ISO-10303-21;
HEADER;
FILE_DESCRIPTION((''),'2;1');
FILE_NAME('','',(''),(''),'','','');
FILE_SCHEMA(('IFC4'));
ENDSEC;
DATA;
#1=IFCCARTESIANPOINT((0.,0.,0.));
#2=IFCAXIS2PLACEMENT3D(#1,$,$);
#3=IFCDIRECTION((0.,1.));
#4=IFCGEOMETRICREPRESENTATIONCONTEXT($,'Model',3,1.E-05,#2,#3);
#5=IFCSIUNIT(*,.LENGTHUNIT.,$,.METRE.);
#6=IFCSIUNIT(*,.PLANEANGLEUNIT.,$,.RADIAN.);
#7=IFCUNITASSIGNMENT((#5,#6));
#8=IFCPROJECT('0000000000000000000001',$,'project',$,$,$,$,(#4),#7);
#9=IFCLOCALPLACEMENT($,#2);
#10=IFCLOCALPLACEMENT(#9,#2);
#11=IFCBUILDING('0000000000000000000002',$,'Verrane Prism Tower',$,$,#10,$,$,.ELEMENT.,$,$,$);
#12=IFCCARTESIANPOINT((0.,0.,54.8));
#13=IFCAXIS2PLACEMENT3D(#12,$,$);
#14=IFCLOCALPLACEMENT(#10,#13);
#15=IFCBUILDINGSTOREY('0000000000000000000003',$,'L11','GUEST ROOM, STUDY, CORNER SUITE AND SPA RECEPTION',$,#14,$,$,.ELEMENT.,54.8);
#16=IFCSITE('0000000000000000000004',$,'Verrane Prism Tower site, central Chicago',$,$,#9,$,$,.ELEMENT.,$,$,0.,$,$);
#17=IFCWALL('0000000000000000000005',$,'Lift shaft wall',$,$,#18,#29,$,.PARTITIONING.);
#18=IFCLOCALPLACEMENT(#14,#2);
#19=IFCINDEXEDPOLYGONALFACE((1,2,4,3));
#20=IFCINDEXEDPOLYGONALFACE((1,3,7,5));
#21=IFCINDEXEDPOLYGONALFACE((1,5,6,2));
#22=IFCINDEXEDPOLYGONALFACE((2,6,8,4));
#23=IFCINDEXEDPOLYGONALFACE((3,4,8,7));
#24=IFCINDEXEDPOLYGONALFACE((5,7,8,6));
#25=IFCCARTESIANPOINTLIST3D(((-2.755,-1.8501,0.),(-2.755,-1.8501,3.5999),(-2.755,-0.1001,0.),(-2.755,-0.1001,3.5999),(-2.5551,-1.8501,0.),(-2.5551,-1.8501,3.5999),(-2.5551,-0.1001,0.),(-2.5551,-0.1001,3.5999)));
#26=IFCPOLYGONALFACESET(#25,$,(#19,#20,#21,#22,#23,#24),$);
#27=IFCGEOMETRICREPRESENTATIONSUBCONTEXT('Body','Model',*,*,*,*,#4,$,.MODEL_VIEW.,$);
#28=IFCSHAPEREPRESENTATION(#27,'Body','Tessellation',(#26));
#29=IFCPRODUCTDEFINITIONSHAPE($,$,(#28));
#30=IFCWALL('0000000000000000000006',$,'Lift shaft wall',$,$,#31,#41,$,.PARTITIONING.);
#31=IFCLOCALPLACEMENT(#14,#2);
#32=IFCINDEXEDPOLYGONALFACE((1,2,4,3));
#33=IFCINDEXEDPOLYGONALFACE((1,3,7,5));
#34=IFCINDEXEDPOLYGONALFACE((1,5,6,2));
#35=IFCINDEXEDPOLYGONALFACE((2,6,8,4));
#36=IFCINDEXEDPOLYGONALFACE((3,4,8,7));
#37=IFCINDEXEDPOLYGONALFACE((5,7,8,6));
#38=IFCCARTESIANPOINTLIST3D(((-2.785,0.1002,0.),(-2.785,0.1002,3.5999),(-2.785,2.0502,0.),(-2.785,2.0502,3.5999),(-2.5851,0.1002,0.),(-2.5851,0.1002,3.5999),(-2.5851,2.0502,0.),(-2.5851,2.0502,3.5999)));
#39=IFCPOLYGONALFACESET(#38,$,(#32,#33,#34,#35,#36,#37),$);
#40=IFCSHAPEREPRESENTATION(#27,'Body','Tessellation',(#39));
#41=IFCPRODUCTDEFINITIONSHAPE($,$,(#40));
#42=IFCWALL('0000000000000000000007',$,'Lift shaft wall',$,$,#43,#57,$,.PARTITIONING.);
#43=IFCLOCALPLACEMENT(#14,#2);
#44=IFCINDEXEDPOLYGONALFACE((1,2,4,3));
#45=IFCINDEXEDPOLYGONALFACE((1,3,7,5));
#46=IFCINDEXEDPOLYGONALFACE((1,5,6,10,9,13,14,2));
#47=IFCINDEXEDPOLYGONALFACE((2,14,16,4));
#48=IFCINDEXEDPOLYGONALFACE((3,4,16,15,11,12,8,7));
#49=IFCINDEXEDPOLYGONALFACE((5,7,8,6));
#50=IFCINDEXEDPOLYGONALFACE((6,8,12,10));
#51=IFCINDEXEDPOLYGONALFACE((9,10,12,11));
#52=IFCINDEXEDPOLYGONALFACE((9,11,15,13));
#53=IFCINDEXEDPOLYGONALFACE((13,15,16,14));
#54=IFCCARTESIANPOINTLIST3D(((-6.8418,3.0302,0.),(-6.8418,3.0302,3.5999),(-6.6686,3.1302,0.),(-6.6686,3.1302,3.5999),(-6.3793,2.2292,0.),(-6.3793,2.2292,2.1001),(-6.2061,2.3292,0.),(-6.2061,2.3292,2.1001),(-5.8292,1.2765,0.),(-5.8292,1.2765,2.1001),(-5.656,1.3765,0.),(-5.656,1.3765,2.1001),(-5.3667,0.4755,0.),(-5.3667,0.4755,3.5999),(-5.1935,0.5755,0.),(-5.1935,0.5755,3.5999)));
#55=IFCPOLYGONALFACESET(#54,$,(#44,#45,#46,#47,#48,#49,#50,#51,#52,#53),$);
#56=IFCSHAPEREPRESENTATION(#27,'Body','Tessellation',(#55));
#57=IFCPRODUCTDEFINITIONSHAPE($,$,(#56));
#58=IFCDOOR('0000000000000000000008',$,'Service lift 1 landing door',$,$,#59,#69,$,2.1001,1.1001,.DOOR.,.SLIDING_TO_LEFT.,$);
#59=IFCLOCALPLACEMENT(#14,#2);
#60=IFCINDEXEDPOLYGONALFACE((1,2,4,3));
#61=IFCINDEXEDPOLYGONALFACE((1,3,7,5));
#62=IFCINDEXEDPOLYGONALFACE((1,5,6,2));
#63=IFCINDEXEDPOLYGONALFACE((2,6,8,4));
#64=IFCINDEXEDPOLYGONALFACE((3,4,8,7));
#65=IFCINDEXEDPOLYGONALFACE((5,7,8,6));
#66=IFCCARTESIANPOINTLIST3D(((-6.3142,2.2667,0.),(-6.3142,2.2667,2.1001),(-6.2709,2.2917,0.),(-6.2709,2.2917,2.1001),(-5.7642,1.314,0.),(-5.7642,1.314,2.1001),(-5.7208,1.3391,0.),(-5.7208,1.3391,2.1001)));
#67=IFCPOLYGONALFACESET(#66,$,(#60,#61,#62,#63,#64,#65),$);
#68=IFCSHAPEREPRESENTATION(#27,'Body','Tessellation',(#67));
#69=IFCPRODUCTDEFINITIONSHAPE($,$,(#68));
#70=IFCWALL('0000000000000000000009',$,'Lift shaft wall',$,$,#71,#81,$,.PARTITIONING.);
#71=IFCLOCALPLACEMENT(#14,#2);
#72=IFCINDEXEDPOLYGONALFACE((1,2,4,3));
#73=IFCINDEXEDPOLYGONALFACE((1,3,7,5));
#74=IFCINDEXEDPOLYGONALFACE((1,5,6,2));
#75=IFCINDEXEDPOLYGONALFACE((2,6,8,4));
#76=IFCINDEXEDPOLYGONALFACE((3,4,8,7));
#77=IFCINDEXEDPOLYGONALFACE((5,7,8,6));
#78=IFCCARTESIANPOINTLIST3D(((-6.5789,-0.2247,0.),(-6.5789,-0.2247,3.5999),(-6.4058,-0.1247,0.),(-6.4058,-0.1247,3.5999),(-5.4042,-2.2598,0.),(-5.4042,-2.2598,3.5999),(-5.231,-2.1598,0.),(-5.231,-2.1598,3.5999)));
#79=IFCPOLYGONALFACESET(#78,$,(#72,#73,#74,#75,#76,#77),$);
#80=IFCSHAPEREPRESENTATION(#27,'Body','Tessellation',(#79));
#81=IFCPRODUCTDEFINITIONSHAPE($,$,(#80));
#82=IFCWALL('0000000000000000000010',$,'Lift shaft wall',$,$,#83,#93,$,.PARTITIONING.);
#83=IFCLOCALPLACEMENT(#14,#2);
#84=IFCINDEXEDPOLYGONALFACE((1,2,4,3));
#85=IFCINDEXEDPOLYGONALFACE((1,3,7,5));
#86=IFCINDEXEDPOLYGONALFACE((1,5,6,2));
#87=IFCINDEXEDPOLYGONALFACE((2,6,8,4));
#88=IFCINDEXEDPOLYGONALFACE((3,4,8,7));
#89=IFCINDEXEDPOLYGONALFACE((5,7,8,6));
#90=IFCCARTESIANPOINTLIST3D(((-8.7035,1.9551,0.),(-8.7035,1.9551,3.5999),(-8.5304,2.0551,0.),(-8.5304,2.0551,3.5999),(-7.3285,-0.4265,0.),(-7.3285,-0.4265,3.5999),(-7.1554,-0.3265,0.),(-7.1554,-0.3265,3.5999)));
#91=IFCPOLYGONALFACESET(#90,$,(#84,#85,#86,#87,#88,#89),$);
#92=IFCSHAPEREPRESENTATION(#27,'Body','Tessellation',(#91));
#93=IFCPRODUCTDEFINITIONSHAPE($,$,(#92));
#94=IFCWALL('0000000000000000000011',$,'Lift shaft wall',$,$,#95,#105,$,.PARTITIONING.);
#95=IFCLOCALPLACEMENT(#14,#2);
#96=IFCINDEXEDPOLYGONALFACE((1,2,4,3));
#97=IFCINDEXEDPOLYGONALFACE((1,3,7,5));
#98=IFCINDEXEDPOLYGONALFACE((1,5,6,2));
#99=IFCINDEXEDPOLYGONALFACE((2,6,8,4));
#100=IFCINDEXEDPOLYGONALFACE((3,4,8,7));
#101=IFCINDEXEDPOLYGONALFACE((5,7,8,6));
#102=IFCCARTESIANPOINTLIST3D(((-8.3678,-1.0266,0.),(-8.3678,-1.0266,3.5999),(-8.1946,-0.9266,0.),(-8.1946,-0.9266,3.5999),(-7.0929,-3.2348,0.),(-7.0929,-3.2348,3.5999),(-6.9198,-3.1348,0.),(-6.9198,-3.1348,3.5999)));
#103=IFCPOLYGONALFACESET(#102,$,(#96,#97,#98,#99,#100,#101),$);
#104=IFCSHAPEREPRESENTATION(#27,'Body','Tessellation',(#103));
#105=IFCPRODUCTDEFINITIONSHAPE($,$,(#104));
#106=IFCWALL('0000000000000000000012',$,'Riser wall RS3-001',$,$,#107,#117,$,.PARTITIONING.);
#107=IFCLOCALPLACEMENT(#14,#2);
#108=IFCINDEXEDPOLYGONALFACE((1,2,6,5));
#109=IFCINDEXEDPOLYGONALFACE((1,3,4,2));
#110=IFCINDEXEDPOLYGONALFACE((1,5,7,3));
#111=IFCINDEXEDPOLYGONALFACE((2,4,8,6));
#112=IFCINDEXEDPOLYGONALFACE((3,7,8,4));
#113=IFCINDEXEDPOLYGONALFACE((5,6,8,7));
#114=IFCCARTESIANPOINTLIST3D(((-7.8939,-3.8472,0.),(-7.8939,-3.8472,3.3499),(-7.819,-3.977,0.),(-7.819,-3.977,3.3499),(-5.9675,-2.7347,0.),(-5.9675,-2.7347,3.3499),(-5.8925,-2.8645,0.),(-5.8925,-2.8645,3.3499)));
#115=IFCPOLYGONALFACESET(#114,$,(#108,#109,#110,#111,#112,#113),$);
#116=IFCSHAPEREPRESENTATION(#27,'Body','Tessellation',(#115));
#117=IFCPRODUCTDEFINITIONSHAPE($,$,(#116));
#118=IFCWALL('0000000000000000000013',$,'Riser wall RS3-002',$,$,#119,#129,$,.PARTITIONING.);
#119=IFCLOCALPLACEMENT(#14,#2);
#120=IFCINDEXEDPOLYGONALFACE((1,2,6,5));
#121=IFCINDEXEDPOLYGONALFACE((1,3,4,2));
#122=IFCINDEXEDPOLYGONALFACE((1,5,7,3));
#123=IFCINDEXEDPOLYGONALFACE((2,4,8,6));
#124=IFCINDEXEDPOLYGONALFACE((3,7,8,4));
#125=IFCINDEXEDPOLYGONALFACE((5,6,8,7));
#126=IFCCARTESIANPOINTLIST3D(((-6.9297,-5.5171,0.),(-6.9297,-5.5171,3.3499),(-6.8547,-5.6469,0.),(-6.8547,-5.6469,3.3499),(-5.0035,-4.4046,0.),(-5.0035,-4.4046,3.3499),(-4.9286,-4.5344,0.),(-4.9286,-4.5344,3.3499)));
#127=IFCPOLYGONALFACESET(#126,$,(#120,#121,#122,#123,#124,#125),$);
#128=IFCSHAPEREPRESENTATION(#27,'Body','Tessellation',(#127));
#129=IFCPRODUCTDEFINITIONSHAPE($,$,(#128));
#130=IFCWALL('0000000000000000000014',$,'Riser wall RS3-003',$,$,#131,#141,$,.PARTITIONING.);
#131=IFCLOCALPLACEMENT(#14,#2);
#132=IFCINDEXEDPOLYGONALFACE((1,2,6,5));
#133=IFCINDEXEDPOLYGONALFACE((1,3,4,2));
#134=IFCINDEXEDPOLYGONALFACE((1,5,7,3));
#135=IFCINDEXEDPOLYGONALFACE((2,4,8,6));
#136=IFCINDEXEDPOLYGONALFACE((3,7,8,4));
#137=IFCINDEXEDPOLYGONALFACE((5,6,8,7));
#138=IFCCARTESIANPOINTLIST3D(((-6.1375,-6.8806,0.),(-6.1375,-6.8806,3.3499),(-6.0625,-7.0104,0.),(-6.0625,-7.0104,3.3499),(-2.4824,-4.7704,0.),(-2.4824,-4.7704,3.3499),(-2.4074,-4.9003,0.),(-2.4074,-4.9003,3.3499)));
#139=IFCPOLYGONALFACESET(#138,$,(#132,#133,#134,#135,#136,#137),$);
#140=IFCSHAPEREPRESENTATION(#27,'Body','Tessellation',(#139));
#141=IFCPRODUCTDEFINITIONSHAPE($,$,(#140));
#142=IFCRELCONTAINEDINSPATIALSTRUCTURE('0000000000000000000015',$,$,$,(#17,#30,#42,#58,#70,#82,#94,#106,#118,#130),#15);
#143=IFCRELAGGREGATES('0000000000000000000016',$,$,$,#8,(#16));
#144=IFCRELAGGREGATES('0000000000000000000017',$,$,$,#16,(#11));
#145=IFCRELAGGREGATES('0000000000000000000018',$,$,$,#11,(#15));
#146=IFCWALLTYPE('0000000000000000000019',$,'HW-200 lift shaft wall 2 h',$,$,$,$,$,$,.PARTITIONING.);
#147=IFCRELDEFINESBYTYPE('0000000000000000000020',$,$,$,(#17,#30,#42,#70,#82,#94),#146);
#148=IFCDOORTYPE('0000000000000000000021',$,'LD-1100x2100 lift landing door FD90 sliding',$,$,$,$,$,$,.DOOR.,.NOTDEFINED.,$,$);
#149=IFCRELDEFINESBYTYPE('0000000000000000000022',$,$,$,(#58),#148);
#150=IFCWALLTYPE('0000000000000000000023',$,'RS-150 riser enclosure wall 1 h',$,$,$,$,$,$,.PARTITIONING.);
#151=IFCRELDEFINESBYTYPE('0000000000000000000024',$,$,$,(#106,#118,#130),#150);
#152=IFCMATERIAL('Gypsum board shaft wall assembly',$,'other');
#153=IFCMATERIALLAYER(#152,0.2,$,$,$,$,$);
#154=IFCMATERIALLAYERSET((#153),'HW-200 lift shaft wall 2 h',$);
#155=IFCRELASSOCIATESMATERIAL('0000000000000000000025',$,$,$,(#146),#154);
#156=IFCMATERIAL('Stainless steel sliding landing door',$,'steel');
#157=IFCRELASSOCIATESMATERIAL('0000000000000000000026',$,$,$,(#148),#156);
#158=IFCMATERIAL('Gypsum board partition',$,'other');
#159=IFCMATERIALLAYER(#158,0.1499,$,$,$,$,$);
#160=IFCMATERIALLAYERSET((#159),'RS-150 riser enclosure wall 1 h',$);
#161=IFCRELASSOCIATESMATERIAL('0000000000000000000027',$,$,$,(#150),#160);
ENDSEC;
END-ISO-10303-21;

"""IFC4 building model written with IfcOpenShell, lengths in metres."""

from ifc_helpers import new_model, si_unit, direction, frame, frame_2d, origin, place, context, subcontext, project, spatial, rectangle, extrude, material, layer, layer_set, type_object, element, fill, save


model = new_model("IFC4")

# Units and contexts
model_context = context("Model", 3, precision=1e-05, world=origin(), true_north=direction((0.0, 1.0)))
body_context = subcontext(model_context, "Body", "Model", "MODEL_VIEW")
ifc_project = project(units=[si_unit("LENGTHUNIT", "METRE"), si_unit("PLANEANGLEUNIT", "RADIAN")], contexts=[model_context])

# Site, building, storey
site_placement = place(None, origin())
site = spatial("IfcSite", under=ifc_project, at=site_placement, Name="Verrane Prism Tower site, central Chicago", CompositionType="ELEMENT", RefElevation=0.0)
building_placement = place(site_placement, origin())
building = spatial("IfcBuilding", under=site, at=building_placement, Name="Verrane Prism Tower", CompositionType="ELEMENT")
storey_placement = place(building_placement, frame((0.0, 0.0, 54.8)))
storey = spatial("IfcBuildingStorey", under=building, at=storey_placement, Name="L11", Description="GUEST ROOM, STUDY, CORNER SUITE AND SPA RECEPTION", CompositionType="ELEMENT", Elevation=54.8)

# Shared definitions
ifc_material_1 = material(Name="Gypsum board shaft wall assembly", Category="other")
ifc_layer_1 = layer(ifc_material_1, 0.2)
ifc_layer_set_1 = layer_set([ifc_layer_1], Name="HW-200 lift shaft wall 2 h")
wall_type_1 = type_object("IfcWallType", Name="HW-200 lift shaft wall 2 h", PredefinedType="PARTITIONING", material=ifc_layer_set_1)
ifc_material_2 = material(Name="Stainless steel sliding landing door", Category="steel")
door_type_1 = type_object("IfcDoorType", Name="LD-1100x2100 lift landing door FD90 sliding", OperationType="NOTDEFINED", PredefinedType="DOOR", material=ifc_material_2)

# Walls
for number, where, z_axis, x_axis, name in (
    (1, (-2.655, -1.8501, 0.0), (0.0, 0.0, 1.0), (0.0, 1.0, 0.0), "Lift shaft wall"),
):
    element("IfcWall", number, at=place(storey_placement, frame(where, z_axis=z_axis, x_axis=x_axis)), inside=storey, type_object=wall_type_1, Name=name, PredefinedType="PARTITIONING", context=body_context, shape_type="SweptSolid", body=[
        extrude(rectangle(XDim=1.75, YDim=0.2, at=frame_2d((0.875, 0.0))), origin(), (0.0, 0.0, 1.0), 3.5999),
    ])
wall_1_placement = place(storey_placement, frame((-2.6851, 0.1001, 0.0), z_axis=(0.0, 0.0, 1.0), x_axis=(0.0, 1.0, 0.0)))
element("IfcWall", 2, at=wall_1_placement, inside=storey, type_object=wall_type_1, Name="Lift shaft wall", PredefinedType="PARTITIONING", context=body_context, shape_type="SweptSolid", body=[
    extrude(rectangle(XDim=1.95, YDim=0.2, at=frame_2d((0.9751, 0.0))), origin(), (0.0, 0.0, 1.0), 3.5999),
])

# Wall, opening, door
wall_2_placement = place(storey_placement, frame((-5.28, 0.5254, 0.0), z_axis=(0.0, 0.0, 1.0), x_axis=(-0.500038, 0.866004, 0.0)))
wall_2 = element("IfcWall", 3, at=wall_2_placement, inside=storey, type_object=wall_type_1, Name="Lift shaft wall", PredefinedType="PARTITIONING", context=body_context, shape_type="SweptSolid", body=[
    extrude(rectangle(XDim=2.95, YDim=0.2, at=frame_2d((1.4751, 0.0))), origin(), (0.0, 0.0, 1.0), 3.5999),
])
opening_1_placement = place(wall_2_placement, frame((0.925, 0.0, 0.0)))
opening_1 = element("IfcOpeningElement", 4, at=opening_1_placement, cuts=wall_2, PredefinedType="OPENING", context=body_context, shape_type="SweptSolid", body=[
    extrude(rectangle(XDim=1.1001, YDim=2.1001, at=frame_2d((0.55, 1.05))), frame((0.0, 0.1099, 0.0), z_axis=(0.0, -1.0, 0.0), x_axis=(1.0, 0.0, 0.0)), (0.0, 0.0, 1.0), 0.22),
])
door_1_placement = place(opening_1_placement, origin())
door_1 = element("IfcDoor", 5, at=door_1_placement, inside=storey, type_object=door_type_1, Name="Service lift 1 landing door", OperationType="SLIDING_TO_LEFT", OverallHeight=2.1001, OverallWidth=1.1001, PredefinedType="DOOR", context=body_context, shape_type="SweptSolid", body=[
    extrude(rectangle(XDim=1.1001, YDim=2.1001, at=frame_2d((0.55, 1.05))), frame((0.0, 0.0249, 0.0), z_axis=(0.0, -1.0, 0.0), x_axis=(1.0, 0.0, 0.0)), (0.0, 0.0, 1.0), 0.05),
])
fill(opening_1, door_1)

# Walls
wall_3_placement = place(storey_placement, frame((-5.3176, -2.2097, 0.0), z_axis=(0.0, 0.0, 1.0), x_axis=(-0.499938, 0.866061, 0.0)))
element("IfcWall", 6, at=wall_3_placement, inside=storey, type_object=wall_type_1, Name="Lift shaft wall", PredefinedType="PARTITIONING", context=body_context, shape_type="SweptSolid", body=[
    extrude(rectangle(XDim=2.3499, YDim=0.2, at=frame_2d((1.1748, 0.0))), origin(), (0.0, 0.0, 1.0), 3.5999),
])
wall_4_placement = place(storey_placement, frame((-7.2419, -0.3765, 0.0), z_axis=(0.0, 0.0, 1.0), x_axis=(-0.499997, 0.866027, 0.0)))
element("IfcWall", 7, at=wall_4_placement, inside=storey, type_object=wall_type_1, Name="Lift shaft wall", PredefinedType="PARTITIONING", context=body_context, shape_type="SweptSolid", body=[
    extrude(rectangle(XDim=2.75, YDim=0.2, at=frame_2d((1.375, 0.0))), origin(), (0.0, 0.0, 1.0), 3.5999),
])
wall_5_placement = place(storey_placement, frame((-7.0063, -3.1848, 0.0), z_axis=(0.0, 0.0, 1.0), x_axis=(-0.49999, 0.866031, 0.0)))
element("IfcWall", 8, at=wall_5_placement, inside=storey, type_object=wall_type_1, Name="Lift shaft wall", PredefinedType="PARTITIONING", context=body_context, shape_type="SweptSolid", body=[
    extrude(rectangle(XDim=2.5498, YDim=0.2, at=frame_2d((1.2749, 0.0))), origin(), (0.0, 0.0, 1.0), 3.5999),
])
ifc_material_3 = material(Name="Gypsum board partition", Category="other")
ifc_layer_2 = layer(ifc_material_3, 0.1499)
ifc_layer_set_2 = layer_set([ifc_layer_2], Name="RS-150 riser enclosure wall 1 h")
wall_type_2 = type_object("IfcWallType", Name="RS-150 riser enclosure wall 1 h", PredefinedType="PARTITIONING", material=ifc_layer_set_2)
wall_6_placement = place(storey_placement, frame((-7.8564, -3.9121, 0.0), z_axis=(0.0, 0.0, 1.0), x_axis=(0.865972, 0.500093, 0.0)))
element("IfcWall", 9, at=wall_6_placement, inside=storey, type_object=wall_type_2, Name="Riser wall RS3-001", PredefinedType="PARTITIONING", context=body_context, shape_type="SweptSolid", body=[
    extrude(rectangle(XDim=2.2246, YDim=0.1499, at=frame_2d((1.1123, 0.0))), origin(), (0.0, 0.0, 1.0), 3.3499),
])
wall_7_placement = place(storey_placement, frame((-6.8923, -5.582, 0.0), z_axis=(0.0, 0.0, 1.0), x_axis=(0.865944, 0.50014, 0.0)))
element("IfcWall", 10, at=wall_7_placement, inside=storey, type_object=wall_type_2, Name="Riser wall RS3-002", PredefinedType="PARTITIONING", context=body_context, shape_type="SweptSolid", body=[
    extrude(rectangle(XDim=2.2244, YDim=0.1499, at=frame_2d((1.1123, 0.0))), origin(), (0.0, 0.0, 1.0), 3.3499),
])
wall_8_placement = place(storey_placement, frame((-6.1001, -6.9456, 0.0), z_axis=(0.0, 0.0, 1.0), x_axis=(0.866038, 0.499978, 0.0)))
element("IfcWall", 11, at=wall_8_placement, inside=storey, type_object=wall_type_2, Name="Riser wall RS3-003", PredefinedType="PARTITIONING", context=body_context, shape_type="SweptSolid", body=[
    extrude(rectangle(XDim=4.2205, YDim=0.1499, at=frame_2d((2.1104, 0.0))), origin(), (0.0, 0.0, 1.0), 3.3499),
])

save(model, "model.ifc")
